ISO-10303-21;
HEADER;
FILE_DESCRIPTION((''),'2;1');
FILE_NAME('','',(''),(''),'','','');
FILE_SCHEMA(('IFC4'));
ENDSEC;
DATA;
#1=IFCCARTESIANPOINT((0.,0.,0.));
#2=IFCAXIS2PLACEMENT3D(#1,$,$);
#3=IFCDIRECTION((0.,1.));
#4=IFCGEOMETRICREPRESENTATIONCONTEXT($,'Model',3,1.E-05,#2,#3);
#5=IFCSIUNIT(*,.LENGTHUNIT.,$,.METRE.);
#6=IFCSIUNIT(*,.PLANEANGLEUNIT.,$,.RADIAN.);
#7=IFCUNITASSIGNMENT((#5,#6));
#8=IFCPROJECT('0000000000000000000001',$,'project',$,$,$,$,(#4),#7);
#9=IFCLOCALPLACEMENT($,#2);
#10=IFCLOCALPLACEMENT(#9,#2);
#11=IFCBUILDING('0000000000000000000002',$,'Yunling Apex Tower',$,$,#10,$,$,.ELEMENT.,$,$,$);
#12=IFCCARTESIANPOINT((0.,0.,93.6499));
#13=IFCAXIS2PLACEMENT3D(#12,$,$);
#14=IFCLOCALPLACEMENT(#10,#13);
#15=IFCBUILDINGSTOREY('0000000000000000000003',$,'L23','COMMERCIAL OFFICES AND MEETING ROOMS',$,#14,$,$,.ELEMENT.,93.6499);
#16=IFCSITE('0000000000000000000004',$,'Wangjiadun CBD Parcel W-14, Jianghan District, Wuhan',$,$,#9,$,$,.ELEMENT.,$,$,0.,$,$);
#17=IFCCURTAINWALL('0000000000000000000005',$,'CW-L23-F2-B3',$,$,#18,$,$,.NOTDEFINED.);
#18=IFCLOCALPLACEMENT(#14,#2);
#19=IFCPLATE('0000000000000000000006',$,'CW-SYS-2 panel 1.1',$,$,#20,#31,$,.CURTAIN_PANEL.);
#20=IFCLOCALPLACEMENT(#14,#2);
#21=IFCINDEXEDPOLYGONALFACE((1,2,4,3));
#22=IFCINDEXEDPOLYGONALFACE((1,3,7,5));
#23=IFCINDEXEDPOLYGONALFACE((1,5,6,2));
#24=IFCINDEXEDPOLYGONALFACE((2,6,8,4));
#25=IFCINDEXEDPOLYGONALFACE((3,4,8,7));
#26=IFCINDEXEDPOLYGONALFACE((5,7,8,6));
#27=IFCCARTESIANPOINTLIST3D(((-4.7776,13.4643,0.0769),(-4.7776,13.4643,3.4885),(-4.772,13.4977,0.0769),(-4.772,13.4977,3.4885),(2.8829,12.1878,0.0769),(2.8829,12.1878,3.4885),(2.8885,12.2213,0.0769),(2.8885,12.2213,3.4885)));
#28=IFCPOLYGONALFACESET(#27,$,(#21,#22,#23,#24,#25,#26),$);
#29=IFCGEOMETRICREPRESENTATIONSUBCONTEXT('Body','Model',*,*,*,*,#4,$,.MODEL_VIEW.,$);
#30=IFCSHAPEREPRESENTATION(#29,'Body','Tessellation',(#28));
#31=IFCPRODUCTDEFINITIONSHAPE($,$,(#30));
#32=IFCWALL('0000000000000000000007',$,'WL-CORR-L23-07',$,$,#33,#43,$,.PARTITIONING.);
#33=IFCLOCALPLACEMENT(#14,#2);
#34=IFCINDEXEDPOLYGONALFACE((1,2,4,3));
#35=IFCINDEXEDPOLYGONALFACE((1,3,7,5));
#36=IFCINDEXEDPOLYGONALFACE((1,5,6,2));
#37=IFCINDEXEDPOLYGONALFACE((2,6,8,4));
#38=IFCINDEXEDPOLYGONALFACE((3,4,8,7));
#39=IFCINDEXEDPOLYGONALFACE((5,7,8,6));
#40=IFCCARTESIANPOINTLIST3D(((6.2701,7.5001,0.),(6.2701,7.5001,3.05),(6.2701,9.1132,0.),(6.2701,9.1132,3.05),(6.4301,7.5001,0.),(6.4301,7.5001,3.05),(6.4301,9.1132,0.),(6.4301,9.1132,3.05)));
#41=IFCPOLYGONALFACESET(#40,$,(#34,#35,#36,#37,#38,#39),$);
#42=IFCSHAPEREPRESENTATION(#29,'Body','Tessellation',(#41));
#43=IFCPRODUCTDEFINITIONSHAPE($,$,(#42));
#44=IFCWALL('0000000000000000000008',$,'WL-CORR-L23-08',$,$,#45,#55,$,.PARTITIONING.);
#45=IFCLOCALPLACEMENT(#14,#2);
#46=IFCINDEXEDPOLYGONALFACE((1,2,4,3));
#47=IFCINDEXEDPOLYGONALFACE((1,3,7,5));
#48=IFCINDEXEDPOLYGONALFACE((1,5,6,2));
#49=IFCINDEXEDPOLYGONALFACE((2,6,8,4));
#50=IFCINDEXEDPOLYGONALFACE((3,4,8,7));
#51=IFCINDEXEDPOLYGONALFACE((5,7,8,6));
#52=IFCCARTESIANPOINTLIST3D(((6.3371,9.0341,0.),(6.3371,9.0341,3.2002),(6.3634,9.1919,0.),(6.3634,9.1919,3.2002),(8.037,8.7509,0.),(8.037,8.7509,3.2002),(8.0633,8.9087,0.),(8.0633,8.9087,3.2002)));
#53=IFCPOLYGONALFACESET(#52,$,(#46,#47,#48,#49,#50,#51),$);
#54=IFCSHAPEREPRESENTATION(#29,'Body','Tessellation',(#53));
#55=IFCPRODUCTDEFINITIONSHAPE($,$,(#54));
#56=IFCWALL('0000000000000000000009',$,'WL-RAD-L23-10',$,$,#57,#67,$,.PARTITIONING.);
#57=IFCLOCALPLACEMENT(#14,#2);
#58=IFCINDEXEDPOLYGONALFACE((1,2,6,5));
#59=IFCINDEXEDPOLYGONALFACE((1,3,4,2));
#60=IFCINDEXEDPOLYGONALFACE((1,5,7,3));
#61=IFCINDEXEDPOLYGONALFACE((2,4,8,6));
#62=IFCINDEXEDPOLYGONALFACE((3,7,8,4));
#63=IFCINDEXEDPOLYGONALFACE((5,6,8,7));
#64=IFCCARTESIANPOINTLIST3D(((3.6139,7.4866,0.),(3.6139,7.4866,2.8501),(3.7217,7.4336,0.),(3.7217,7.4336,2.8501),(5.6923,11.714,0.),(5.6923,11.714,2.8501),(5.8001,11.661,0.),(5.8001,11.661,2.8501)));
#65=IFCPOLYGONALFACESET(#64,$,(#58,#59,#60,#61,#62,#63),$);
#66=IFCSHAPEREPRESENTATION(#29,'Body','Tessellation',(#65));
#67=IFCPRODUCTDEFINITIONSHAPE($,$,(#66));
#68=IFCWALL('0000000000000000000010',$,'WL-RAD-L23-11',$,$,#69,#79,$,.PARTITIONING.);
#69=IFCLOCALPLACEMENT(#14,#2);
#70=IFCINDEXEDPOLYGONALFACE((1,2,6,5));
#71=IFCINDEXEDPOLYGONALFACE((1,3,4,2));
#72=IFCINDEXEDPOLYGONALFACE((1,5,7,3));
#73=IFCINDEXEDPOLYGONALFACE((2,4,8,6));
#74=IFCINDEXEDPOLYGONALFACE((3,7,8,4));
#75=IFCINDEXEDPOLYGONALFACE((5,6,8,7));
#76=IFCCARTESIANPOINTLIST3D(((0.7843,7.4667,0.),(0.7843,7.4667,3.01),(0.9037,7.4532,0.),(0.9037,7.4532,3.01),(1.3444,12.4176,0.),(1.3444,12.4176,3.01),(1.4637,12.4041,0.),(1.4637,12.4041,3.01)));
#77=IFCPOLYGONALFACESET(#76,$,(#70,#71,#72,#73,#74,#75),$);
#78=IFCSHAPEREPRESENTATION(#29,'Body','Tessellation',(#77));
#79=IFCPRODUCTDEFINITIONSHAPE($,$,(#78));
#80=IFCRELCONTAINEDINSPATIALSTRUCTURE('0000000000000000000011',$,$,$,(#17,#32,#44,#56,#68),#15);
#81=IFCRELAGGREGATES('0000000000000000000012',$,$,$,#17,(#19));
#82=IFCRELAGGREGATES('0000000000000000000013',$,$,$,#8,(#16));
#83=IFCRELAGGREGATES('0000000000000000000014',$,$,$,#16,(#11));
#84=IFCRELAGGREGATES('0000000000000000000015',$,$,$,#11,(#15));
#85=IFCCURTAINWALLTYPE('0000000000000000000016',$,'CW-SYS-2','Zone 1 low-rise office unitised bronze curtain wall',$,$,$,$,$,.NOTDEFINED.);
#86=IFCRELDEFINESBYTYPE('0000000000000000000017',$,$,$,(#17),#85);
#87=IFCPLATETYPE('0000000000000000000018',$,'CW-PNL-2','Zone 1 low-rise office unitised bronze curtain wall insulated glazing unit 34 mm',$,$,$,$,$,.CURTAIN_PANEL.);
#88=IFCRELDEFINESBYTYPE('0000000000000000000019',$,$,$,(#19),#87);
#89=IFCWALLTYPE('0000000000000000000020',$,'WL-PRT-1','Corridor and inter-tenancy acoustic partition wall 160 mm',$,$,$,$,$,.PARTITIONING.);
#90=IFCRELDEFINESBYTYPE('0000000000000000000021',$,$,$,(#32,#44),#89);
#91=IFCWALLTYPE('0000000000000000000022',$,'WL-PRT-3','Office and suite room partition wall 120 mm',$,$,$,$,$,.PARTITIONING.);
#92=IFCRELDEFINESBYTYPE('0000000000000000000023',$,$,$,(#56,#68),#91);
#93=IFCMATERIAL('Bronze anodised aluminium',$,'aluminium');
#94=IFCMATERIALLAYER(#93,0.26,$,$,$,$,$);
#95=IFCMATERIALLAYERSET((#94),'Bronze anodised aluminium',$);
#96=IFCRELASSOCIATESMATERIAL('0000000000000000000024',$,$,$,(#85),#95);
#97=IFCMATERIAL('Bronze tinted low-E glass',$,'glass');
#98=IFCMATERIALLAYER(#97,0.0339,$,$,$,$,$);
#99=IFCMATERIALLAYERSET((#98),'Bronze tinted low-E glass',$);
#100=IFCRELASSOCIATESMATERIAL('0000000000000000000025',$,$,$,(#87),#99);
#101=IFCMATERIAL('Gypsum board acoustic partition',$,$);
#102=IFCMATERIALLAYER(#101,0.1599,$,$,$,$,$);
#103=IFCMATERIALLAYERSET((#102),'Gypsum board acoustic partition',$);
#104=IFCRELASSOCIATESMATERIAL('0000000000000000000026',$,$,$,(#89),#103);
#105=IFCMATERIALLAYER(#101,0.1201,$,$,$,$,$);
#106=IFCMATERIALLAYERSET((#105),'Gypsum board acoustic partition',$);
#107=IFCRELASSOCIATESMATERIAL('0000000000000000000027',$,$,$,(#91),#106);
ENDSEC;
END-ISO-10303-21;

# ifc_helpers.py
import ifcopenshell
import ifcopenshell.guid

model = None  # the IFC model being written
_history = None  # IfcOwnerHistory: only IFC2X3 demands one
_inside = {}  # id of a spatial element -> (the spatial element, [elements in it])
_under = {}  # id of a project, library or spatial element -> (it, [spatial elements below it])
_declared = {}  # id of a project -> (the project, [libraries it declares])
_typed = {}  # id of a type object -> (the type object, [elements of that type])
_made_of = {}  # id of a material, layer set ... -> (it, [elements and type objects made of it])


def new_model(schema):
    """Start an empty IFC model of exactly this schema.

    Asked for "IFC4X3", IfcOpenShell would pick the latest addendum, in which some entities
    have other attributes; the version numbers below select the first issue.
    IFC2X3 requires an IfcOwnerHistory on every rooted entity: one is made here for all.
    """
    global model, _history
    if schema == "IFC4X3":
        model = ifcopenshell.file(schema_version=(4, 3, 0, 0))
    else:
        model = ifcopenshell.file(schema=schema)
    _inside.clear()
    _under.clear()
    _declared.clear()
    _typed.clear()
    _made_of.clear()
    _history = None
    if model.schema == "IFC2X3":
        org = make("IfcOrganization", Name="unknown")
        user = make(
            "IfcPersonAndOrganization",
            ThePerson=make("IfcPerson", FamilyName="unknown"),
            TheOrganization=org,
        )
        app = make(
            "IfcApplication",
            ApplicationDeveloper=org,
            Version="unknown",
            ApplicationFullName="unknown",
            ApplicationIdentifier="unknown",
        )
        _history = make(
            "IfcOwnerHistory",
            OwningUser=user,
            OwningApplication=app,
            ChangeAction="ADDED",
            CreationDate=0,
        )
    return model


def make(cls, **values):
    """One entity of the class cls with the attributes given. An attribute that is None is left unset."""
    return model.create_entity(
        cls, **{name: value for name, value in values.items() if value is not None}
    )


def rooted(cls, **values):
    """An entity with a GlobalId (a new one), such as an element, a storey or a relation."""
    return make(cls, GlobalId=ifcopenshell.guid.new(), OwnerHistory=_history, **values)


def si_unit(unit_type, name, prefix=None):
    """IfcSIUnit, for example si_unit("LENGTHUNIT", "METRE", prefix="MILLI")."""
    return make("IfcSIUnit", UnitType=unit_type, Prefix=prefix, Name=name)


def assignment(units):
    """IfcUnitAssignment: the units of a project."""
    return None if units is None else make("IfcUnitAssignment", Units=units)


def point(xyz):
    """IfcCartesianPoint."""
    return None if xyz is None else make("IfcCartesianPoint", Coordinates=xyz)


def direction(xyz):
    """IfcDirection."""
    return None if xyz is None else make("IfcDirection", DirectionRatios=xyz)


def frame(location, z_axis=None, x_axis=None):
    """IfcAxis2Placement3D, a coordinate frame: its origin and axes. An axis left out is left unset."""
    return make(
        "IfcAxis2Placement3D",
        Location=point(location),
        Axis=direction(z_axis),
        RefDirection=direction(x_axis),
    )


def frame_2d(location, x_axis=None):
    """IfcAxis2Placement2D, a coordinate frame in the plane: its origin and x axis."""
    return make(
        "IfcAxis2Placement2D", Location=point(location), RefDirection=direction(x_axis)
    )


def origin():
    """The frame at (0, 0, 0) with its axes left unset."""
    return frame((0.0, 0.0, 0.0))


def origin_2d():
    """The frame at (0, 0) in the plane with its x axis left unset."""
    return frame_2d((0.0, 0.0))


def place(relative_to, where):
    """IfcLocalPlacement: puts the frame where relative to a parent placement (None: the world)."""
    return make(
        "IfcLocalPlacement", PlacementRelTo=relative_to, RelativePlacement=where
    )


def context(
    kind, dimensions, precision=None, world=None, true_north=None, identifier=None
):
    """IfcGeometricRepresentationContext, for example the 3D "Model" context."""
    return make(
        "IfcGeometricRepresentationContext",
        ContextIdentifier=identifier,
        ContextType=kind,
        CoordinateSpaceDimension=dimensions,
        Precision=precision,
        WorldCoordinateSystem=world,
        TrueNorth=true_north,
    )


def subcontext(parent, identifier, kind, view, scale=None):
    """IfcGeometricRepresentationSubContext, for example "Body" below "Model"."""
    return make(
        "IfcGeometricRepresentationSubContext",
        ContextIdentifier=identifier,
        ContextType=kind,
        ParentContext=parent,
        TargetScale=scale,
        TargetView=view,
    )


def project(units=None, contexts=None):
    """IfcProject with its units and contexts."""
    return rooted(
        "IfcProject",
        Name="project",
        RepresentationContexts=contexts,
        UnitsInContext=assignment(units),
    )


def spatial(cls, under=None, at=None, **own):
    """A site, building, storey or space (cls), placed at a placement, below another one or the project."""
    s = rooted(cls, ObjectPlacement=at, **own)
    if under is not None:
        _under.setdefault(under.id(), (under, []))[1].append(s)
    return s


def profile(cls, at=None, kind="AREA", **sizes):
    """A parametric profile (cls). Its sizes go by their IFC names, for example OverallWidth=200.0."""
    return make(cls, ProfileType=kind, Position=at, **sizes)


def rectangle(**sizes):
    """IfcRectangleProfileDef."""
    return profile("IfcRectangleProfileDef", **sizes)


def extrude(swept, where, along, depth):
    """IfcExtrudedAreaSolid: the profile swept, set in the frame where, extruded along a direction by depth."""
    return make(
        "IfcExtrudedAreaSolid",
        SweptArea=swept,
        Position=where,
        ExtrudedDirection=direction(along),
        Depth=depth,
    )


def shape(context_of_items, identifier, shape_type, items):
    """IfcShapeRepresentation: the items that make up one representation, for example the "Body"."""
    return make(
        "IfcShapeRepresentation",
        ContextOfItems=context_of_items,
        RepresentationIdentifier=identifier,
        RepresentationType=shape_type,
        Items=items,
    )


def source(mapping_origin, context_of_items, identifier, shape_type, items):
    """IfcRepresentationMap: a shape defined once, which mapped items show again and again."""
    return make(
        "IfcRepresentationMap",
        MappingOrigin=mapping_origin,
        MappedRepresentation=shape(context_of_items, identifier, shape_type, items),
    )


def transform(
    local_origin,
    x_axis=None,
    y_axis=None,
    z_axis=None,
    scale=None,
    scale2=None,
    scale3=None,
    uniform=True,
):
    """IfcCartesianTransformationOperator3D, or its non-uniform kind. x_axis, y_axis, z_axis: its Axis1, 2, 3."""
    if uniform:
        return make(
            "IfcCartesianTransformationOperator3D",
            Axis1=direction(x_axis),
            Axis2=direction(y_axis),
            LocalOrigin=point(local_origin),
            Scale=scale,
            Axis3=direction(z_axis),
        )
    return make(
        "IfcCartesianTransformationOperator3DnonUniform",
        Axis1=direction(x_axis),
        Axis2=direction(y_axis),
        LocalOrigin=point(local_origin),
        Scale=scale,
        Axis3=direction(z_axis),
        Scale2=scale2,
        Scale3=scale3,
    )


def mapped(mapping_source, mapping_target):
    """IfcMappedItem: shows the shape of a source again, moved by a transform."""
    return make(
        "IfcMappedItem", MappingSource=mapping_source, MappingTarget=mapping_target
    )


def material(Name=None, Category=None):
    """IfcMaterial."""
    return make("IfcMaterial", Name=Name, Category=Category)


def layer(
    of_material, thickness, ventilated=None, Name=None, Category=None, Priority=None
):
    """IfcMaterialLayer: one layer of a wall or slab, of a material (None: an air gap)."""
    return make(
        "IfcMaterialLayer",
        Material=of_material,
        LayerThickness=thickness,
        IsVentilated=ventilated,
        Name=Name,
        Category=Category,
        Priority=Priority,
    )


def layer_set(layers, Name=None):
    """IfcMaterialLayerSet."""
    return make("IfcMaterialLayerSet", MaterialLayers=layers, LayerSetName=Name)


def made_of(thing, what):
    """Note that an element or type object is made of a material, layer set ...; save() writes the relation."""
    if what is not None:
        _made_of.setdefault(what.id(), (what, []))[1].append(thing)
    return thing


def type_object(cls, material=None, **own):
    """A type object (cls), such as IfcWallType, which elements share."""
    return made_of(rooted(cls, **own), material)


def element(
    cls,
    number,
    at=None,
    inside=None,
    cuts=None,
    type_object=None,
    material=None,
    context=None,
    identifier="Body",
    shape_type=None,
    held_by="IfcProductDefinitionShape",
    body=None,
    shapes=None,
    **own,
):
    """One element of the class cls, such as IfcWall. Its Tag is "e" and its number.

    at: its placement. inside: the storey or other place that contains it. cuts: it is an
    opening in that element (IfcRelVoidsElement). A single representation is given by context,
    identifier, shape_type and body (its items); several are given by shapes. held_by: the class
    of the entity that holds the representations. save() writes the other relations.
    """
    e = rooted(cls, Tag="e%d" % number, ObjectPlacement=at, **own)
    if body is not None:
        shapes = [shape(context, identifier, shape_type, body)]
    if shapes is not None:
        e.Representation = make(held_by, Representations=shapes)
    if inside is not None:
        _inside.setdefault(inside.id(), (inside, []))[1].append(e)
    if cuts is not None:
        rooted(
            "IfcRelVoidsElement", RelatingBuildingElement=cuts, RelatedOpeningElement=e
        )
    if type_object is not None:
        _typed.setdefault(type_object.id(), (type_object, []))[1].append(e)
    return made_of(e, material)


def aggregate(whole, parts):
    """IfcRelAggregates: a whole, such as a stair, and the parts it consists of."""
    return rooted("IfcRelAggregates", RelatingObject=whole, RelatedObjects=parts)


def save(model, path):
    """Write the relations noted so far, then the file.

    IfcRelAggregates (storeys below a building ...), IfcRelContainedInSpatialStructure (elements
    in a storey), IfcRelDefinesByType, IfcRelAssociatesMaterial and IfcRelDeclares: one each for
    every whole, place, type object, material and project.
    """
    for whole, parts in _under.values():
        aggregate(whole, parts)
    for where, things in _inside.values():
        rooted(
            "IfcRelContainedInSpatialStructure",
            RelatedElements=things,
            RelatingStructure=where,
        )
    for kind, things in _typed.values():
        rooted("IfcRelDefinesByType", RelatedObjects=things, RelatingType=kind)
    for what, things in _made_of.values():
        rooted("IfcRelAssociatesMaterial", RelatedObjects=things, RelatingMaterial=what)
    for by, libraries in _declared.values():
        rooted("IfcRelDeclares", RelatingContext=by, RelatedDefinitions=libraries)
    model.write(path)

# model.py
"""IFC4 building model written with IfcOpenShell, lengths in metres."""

from ifc_helpers import new_model, si_unit, direction, frame, frame_2d, origin, origin_2d, place, context, subcontext, project, spatial, rectangle, extrude, source, transform, mapped, material, layer, layer_set, type_object, element, aggregate, save


model = new_model("IFC4")

# Units and contexts
model_context = context("Model", 3, precision=1e-05, world=origin(), true_north=direction((0.0, 1.0)))
body_context = subcontext(model_context, "Body", "Model", "MODEL_VIEW")
ifc_project = project(units=[si_unit("LENGTHUNIT", "METRE"), si_unit("PLANEANGLEUNIT", "RADIAN")], contexts=[model_context])

# Site, building, storey
site_placement = place(None, origin())
site = spatial("IfcSite", under=ifc_project, at=site_placement, Name="Wangjiadun CBD Parcel W-14, Jianghan District, Wuhan", CompositionType="ELEMENT", RefElevation=0.0)
building_placement = place(site_placement, origin())
building = spatial("IfcBuilding", under=site, at=building_placement, Name="Yunling Apex Tower", CompositionType="ELEMENT")
storey_placement = place(building_placement, frame((0.0, 0.0, 93.6499)))
storey = spatial("IfcBuildingStorey", under=building, at=storey_placement, Name="L23", Description="COMMERCIAL OFFICES AND MEETING ROOMS", CompositionType="ELEMENT", Elevation=93.6499)

# Shared definitions
ifc_material_1 = material(Name="Bronze anodised aluminium", Category="aluminium")
ifc_layer_1 = layer(ifc_material_1, 0.26)
ifc_layer_set_1 = layer_set([ifc_layer_1], Name="Bronze anodised aluminium")
curtain_wall_type = type_object("IfcCurtainWallType", Name="CW-SYS-2", Description="Zone 1 low-rise office unitised bronze curtain wall", PredefinedType="NOTDEFINED", material=ifc_layer_set_1)

# Curtain wall
curtain_wall_1_placement = place(storey_placement, origin())
curtain_wall_1 = element("IfcCurtainWall", 1, at=curtain_wall_1_placement, inside=storey, type_object=curtain_wall_type, Name="CW-L23-F2-B3", PredefinedType="NOTDEFINED")

# Plate
ifc_material_2 = material(Name="Bronze tinted low-E glass", Category="glass")
ifc_layer_2 = layer(ifc_material_2, 0.0339)
ifc_layer_set_2 = layer_set([ifc_layer_2], Name="Bronze tinted low-E glass")
plate_type = type_object("IfcPlateType", Name="CW-PNL-2", Description="Zone 1 low-rise office unitised bronze curtain wall insulated glazing unit 34 mm", PredefinedType="CURTAIN_PANEL", material=ifc_layer_set_2)
shared_shape_1 = source(origin(), body_context, "Body", "SweptSolid", [
    extrude(rectangle(XDim=7.7661, YDim=0.0339, at=origin_2d()), origin(), (0.0, 0.0, 1.0), 3.4116),
])
plate_1_placement = place(storey_placement, frame((-0.9446, 12.8428, 0.0769), z_axis=(0.0, 0.0, 1.0), x_axis=(-0.9864, 0.164362, 0.0)))
plate_1 = element("IfcPlate", 2, at=plate_1_placement, type_object=plate_type, Name="CW-SYS-2 panel 1.1", PredefinedType="CURTAIN_PANEL", context=body_context, shape_type="MappedRepresentation", body=[
    mapped(shared_shape_1, transform((0.0, 0.0, 0.0), scale=1.0)),
])
aggregate(curtain_wall_1, [plate_1])

# Walls
ifc_material_3 = material(Name="Gypsum board acoustic partition")
ifc_layer_3 = layer(ifc_material_3, 0.1599)
ifc_layer_set_3 = layer_set([ifc_layer_3], Name="Gypsum board acoustic partition")
wall_type_1 = type_object("IfcWallType", Name="WL-PRT-1", Description="Corridor and inter-tenancy acoustic partition wall 160 mm", PredefinedType="PARTITIONING", material=ifc_layer_set_3)
wall_1_placement = place(storey_placement, frame((6.3501, 7.5, 0.0), z_axis=(0.0, 0.0, 1.0), x_axis=(0.0, 1.0, 0.0)))
element("IfcWall", 3, at=wall_1_placement, inside=storey, type_object=wall_type_1, Name="WL-CORR-L23-07", PredefinedType="PARTITIONING", context=body_context, shape_type="SweptSolid", body=[
    extrude(rectangle(XDim=1.613, YDim=0.1599, at=frame_2d((0.8066, 0.0))), origin(), (0.0, 0.0, 1.0), 3.05),
])
wall_2_placement = place(storey_placement, frame((6.3501, 9.113, 0.0), z_axis=(0.0, 0.0, 1.0), x_axis=(0.986405, -0.16433, 0.0)))
element("IfcWall", 4, at=wall_2_placement, inside=storey, type_object=wall_type_1, Name="WL-CORR-L23-08", PredefinedType="PARTITIONING", context=body_context, shape_type="SweptSolid", body=[
    extrude(rectangle(XDim=1.7234, YDim=0.1599, at=frame_2d((0.8618, 0.0))), origin(), (0.0, 0.0, 1.0), 3.2002),
])
ifc_layer_4 = layer(ifc_material_3, 0.1201)
ifc_layer_set_4 = layer_set([ifc_layer_4], Name="Gypsum board acoustic partition")
wall_type_2 = type_object("IfcWallType", Name="WL-PRT-3", Description="Office and suite room partition wall 120 mm", PredefinedType="PARTITIONING", material=ifc_layer_set_4)
wall_3_placement = place(storey_placement, frame((3.6677, 7.46, 0.0), z_axis=(0.0, 0.0, 1.0), x_axis=(0.441212, 0.897403, 0.0)))
element("IfcWall", 5, at=wall_3_placement, inside=storey, type_object=wall_type_2, Name="WL-RAD-L23-10", PredefinedType="PARTITIONING", context=body_context, shape_type="SweptSolid", body=[
    extrude(rectangle(XDim=4.7107, YDim=0.1201, at=frame_2d((2.3555, 0.0))), origin(), (0.0, 0.0, 1.0), 2.8501),
])
wall_4_placement = place(storey_placement, frame((0.844, 7.46, 0.0), z_axis=(0.0, 0.0, 1.0), x_axis=(0.112405, 0.993662, 0.0)))
element("IfcWall", 6, at=wall_4_placement, inside=storey, type_object=wall_type_2, Name="WL-RAD-L23-11", PredefinedType="PARTITIONING", context=body_context, shape_type="SweptSolid", body=[
    extrude(rectangle(XDim=4.9824, YDim=0.1201, at=frame_2d((2.4912, 0.0))), origin(), (0.0, 0.0, 1.0), 3.01),
])

save(model, "model.ifc")
